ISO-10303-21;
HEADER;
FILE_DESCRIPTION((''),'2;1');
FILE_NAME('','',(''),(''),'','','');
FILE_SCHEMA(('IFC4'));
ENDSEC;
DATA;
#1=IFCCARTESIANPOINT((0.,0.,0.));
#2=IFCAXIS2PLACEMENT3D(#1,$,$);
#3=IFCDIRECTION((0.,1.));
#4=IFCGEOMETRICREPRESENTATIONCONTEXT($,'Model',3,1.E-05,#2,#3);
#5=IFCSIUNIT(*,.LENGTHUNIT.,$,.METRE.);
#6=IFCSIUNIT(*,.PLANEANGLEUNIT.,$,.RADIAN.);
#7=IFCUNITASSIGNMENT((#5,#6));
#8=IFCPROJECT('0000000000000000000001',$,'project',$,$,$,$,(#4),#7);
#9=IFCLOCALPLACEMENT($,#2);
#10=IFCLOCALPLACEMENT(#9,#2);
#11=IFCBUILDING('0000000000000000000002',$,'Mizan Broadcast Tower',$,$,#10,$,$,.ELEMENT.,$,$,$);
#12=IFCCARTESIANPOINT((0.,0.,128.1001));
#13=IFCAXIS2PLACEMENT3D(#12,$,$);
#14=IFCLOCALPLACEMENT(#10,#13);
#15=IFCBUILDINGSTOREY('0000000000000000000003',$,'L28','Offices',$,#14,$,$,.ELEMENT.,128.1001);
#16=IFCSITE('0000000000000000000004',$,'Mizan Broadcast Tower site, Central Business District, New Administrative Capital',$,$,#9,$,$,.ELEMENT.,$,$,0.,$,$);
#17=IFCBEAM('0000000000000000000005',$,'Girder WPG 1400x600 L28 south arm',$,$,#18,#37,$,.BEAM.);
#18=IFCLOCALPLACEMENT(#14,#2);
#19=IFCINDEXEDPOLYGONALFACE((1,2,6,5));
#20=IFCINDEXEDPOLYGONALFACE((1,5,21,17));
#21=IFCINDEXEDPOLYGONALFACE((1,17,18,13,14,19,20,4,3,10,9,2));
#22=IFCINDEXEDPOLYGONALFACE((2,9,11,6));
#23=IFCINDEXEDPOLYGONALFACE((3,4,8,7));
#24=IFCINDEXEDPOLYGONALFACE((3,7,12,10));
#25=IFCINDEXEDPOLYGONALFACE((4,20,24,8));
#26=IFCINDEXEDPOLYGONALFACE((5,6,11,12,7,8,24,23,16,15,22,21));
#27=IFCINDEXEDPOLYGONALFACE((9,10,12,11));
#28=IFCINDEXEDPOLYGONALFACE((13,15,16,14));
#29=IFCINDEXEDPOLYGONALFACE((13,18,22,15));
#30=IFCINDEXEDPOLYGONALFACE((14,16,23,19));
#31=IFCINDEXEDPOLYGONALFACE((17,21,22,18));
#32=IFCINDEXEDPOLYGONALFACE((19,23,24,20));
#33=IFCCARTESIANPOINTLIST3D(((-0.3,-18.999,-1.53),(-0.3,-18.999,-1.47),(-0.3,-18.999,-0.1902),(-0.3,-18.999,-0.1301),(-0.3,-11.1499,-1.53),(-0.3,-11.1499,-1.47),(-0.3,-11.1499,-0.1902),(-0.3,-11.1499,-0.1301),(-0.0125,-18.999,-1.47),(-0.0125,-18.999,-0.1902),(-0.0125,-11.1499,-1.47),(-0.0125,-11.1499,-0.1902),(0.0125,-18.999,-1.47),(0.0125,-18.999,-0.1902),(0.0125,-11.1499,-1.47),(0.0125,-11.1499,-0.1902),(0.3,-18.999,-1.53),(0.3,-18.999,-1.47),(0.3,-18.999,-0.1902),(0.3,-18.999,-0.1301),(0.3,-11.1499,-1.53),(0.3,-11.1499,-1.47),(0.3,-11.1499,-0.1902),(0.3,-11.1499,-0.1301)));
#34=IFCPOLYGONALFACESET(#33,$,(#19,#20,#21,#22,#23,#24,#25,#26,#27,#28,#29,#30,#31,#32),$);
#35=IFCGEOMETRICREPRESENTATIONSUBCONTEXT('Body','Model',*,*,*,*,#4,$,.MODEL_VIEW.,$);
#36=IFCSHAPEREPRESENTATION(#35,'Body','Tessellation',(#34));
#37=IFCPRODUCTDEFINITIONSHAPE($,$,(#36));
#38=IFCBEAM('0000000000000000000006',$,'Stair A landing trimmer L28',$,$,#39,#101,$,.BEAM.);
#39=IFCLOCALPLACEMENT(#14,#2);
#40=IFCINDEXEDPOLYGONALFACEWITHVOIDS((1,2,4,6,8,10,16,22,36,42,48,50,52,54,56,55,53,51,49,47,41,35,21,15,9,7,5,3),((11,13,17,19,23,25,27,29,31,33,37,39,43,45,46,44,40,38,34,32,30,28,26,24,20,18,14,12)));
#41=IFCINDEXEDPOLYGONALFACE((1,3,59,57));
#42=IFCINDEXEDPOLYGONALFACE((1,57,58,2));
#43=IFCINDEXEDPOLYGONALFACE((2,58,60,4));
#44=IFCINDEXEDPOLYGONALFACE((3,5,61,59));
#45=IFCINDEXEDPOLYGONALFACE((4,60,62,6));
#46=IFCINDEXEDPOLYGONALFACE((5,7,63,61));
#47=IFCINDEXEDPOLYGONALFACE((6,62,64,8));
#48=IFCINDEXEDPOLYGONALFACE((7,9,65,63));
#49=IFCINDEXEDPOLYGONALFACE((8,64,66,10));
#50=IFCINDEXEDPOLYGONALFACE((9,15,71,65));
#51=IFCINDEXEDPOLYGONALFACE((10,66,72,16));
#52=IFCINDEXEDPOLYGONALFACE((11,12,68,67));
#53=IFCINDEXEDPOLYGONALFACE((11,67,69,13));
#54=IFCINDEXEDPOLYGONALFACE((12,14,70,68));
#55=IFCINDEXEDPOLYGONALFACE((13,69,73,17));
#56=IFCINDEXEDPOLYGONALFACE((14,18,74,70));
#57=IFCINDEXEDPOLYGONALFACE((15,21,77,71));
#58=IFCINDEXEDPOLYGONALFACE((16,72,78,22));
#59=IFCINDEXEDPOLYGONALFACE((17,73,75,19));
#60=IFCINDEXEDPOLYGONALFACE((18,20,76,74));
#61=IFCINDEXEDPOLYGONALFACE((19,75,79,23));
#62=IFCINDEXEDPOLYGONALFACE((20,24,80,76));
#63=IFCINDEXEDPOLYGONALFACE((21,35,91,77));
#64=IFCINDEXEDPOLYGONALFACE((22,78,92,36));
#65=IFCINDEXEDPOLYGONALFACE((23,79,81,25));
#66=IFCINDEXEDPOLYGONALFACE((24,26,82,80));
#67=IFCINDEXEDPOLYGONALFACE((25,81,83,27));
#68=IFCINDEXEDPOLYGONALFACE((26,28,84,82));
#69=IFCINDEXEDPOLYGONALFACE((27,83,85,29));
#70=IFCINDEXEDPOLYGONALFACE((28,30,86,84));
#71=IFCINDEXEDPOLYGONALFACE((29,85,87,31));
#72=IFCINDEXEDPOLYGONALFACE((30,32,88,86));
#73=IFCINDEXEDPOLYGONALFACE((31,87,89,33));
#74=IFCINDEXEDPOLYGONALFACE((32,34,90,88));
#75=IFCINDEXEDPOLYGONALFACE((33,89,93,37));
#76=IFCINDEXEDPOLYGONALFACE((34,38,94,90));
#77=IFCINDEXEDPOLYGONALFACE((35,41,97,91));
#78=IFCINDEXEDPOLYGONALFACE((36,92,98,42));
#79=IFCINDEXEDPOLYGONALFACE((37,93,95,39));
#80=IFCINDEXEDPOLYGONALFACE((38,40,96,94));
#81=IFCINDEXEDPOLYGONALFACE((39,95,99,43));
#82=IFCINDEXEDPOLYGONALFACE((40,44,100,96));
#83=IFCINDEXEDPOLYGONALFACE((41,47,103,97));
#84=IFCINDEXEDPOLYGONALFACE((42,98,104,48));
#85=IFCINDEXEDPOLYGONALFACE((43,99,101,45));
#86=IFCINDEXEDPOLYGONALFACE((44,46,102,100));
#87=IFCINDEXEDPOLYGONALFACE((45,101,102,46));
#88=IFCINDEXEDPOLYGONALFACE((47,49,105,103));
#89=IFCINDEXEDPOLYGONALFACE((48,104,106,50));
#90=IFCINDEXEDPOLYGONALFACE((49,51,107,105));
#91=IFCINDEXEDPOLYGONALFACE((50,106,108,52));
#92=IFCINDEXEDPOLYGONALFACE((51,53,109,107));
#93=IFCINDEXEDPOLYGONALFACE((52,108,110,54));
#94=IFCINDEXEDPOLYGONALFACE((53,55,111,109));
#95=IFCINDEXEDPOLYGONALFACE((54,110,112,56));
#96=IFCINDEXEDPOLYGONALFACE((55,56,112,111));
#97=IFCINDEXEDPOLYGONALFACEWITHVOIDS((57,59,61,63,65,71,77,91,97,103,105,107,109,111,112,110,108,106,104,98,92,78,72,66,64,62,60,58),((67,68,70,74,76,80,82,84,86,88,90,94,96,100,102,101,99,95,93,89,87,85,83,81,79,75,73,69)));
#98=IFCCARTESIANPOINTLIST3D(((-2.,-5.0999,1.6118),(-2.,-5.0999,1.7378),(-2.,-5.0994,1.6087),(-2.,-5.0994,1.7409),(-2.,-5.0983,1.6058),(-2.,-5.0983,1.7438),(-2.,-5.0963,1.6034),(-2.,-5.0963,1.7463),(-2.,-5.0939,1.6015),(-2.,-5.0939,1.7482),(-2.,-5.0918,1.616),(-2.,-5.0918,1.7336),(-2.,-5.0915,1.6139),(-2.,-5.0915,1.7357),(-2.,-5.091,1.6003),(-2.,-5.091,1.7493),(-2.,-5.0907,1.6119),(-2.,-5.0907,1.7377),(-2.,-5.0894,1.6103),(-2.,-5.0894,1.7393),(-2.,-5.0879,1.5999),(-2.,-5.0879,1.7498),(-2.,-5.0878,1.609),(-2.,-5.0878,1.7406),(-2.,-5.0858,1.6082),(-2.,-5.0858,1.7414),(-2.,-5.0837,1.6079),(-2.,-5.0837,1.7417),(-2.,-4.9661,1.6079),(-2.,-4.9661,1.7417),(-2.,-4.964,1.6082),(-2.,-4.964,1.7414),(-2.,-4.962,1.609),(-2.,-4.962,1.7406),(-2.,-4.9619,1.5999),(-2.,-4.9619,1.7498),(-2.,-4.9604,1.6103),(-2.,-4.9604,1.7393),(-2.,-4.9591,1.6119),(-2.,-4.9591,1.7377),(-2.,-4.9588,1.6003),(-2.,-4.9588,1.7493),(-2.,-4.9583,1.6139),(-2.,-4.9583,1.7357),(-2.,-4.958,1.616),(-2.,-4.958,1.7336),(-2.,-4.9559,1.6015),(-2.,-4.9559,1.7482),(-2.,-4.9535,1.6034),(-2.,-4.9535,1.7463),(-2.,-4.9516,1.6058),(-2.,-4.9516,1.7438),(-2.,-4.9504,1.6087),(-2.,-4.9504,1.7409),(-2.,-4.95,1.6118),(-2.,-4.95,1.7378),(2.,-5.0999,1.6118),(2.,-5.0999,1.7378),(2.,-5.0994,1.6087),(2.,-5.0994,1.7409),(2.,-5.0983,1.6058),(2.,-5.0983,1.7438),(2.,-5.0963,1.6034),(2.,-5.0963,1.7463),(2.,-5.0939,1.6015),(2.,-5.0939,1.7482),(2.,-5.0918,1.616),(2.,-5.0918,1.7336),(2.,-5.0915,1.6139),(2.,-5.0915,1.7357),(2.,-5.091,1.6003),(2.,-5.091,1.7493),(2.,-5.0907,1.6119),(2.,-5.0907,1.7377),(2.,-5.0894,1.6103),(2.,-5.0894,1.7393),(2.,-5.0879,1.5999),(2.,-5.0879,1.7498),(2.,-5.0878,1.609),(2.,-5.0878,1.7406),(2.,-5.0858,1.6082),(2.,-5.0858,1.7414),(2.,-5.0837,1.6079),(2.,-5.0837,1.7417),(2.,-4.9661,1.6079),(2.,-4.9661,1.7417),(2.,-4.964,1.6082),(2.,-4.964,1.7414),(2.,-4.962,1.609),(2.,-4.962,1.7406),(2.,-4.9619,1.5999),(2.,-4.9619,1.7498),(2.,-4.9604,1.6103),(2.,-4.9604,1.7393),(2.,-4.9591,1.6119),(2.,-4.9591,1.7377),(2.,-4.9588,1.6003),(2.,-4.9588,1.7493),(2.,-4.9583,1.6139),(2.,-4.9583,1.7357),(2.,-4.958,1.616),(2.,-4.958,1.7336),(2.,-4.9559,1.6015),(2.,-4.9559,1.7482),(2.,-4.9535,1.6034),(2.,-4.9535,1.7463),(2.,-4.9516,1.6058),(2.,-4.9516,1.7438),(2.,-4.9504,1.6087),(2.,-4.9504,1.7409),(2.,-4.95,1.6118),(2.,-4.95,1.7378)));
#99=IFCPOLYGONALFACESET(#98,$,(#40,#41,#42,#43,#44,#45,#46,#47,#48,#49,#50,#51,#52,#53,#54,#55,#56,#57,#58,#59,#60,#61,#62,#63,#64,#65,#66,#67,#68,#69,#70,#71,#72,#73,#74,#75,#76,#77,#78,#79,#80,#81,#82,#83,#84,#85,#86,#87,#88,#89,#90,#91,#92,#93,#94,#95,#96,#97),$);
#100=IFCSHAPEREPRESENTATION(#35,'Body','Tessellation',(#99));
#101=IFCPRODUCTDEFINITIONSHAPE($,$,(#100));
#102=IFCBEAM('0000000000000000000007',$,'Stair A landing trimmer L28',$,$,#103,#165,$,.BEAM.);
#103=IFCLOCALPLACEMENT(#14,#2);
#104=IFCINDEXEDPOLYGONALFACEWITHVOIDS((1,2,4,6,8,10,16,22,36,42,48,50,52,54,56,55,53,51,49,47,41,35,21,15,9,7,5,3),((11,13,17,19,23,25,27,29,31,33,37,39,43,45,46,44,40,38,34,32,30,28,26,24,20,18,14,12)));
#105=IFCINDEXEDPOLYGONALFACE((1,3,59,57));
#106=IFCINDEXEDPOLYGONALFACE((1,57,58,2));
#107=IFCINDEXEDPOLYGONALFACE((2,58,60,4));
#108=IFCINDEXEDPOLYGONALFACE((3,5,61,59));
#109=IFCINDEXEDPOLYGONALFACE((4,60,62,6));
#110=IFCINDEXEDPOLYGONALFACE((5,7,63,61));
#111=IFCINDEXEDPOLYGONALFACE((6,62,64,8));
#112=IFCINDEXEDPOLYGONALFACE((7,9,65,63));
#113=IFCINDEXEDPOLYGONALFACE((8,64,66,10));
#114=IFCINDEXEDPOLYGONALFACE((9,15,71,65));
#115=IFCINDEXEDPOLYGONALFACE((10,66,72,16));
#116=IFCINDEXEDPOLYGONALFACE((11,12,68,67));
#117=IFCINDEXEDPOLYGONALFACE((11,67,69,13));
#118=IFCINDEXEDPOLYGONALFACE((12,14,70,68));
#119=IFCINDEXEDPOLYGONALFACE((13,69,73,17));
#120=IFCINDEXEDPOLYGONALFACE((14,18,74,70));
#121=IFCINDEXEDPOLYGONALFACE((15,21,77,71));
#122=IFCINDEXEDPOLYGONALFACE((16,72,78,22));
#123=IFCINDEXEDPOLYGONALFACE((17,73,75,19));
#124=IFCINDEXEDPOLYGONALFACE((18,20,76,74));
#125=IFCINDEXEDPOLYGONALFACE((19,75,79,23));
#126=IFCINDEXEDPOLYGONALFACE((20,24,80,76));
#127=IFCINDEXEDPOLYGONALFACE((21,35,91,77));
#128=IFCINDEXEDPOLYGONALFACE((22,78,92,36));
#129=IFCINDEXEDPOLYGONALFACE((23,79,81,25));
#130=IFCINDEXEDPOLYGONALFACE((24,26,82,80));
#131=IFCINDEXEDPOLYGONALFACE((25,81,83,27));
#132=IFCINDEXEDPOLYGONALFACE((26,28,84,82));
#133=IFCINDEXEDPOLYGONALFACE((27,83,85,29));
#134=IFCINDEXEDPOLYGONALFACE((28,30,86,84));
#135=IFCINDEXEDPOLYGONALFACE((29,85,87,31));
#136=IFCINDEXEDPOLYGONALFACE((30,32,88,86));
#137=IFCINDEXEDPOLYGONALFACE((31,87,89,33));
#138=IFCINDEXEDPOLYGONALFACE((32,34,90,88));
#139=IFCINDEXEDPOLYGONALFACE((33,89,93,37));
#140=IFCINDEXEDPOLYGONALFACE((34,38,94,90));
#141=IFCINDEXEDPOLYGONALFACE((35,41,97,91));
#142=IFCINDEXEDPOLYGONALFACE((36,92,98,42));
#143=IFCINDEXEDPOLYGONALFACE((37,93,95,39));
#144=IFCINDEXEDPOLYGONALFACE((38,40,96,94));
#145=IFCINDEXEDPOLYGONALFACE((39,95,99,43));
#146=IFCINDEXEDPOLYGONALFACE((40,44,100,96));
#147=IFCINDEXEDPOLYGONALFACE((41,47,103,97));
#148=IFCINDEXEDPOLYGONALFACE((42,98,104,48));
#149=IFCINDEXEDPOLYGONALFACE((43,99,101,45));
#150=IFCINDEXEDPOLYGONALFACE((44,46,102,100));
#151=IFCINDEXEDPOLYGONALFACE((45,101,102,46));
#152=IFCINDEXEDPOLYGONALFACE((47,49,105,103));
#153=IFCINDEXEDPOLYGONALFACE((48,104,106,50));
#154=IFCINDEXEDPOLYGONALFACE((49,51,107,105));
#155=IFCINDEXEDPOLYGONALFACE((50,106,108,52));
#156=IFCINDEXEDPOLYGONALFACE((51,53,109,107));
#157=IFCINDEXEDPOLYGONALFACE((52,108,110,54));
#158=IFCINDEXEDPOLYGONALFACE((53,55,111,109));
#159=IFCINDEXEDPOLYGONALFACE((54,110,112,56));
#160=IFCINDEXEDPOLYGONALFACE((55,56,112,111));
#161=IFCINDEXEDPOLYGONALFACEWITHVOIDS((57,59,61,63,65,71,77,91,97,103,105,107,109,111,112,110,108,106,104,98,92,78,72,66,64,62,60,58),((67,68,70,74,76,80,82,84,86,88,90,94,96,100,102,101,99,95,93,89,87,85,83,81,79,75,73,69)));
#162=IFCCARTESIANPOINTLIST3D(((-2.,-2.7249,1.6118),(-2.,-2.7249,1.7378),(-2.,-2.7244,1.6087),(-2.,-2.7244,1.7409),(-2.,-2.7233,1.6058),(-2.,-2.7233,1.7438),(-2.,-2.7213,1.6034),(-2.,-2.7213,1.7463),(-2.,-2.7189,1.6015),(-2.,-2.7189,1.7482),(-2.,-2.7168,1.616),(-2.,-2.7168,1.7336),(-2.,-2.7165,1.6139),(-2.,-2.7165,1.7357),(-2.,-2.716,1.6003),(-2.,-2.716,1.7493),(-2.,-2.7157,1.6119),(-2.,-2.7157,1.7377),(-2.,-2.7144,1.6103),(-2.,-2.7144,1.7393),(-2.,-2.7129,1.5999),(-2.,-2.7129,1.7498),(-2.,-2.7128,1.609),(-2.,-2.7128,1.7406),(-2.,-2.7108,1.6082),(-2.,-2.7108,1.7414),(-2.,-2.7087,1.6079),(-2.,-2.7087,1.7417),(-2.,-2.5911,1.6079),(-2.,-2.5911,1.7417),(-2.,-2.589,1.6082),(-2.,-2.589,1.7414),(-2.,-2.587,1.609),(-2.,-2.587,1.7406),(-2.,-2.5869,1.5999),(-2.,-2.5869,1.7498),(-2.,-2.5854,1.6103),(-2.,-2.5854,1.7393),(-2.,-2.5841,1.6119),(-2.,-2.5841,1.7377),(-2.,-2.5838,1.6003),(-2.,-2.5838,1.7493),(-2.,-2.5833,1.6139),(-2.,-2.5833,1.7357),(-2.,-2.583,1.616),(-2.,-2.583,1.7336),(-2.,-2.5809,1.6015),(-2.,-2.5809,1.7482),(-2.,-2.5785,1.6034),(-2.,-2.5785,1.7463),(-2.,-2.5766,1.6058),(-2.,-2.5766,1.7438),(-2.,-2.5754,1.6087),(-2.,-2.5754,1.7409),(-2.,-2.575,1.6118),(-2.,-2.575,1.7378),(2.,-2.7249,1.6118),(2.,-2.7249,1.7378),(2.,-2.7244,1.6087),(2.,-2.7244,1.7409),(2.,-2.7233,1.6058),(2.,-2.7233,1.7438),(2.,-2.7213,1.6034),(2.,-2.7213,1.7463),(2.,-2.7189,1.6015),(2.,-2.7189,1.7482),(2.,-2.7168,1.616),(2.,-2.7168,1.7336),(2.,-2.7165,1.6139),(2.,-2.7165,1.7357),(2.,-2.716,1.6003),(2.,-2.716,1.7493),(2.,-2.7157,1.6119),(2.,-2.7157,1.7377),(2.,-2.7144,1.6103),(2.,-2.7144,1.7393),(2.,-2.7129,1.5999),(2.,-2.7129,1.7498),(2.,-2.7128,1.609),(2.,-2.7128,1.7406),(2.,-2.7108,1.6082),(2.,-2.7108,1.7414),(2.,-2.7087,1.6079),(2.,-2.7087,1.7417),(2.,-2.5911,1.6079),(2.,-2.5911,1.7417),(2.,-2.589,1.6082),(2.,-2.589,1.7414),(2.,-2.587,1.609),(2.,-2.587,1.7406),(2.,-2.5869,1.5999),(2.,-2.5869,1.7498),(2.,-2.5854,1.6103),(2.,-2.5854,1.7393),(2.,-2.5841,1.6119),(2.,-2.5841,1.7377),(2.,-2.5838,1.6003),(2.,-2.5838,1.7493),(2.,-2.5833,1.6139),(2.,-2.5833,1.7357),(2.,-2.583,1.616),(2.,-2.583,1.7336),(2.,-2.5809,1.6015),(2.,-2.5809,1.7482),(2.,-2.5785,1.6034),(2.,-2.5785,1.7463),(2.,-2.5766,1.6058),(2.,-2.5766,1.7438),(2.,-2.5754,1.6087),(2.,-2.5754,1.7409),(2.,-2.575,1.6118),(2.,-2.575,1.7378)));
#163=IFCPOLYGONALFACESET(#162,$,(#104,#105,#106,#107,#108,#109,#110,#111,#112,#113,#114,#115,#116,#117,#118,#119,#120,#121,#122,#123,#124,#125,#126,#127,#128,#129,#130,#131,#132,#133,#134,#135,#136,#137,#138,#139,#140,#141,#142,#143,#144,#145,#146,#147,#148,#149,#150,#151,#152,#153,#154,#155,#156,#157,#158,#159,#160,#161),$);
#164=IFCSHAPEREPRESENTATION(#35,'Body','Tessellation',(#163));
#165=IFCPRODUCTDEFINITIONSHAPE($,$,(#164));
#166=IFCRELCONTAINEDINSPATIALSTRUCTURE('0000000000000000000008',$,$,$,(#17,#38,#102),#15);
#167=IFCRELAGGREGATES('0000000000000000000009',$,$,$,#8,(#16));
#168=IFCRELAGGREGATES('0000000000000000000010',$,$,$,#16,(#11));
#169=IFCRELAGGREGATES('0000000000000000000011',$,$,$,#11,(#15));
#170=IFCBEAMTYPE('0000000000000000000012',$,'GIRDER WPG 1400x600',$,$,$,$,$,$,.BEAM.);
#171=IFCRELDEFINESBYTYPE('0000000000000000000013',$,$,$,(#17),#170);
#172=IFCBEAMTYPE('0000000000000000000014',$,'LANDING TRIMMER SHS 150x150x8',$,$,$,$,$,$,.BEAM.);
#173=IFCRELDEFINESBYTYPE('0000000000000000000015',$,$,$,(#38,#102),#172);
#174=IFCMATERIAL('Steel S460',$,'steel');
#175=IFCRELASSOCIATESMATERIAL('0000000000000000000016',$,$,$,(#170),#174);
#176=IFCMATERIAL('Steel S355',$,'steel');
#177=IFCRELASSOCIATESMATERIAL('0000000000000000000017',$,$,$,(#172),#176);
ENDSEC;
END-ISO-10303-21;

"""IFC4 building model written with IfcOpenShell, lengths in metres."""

from ifc_helpers import new_model, si_unit, direction, frame, origin, origin_2d, place, context, subcontext, project, spatial, hollow_rectangle, i_section, extrude, material, material_profile, profile_set, type_object, element, save


model = new_model("IFC4")

# Units and contexts
model_context = context("Model", 3, precision=1e-05, world=origin(), true_north=direction((0.0, 1.0)))
body_context = subcontext(model_context, "Body", "Model", "MODEL_VIEW")
ifc_project = project(units=[si_unit("LENGTHUNIT", "METRE"), si_unit("PLANEANGLEUNIT", "RADIAN")], contexts=[model_context])

# Site, building, storey
site_placement = place(None, origin())
site = spatial("IfcSite", under=ifc_project, at=site_placement, Name="Mizan Broadcast Tower site, Central Business District, New Administrative Capital", CompositionType="ELEMENT", RefElevation=0.0)
building_placement = place(site_placement, origin())
building = spatial("IfcBuilding", under=site, at=building_placement, Name="Mizan Broadcast Tower", CompositionType="ELEMENT")
storey_placement = place(building_placement, frame((0.0, 0.0, 128.1001)))
storey = spatial("IfcBuildingStorey", under=building, at=storey_placement, Name="L28", Description="Offices", CompositionType="ELEMENT", Elevation=128.1001)

# Beams
ifc_material_1 = material(Name="Steel S460", Category="steel")
ifc_material_profile_1 = material_profile(ifc_material_1, i_section(OverallWidth=0.6001, OverallDepth=1.3999, WebThickness=0.0249, FlangeThickness=0.0601, at=origin_2d()), Name="WPG 1400x600")
ifc_profile_set_1 = profile_set([ifc_material_profile_1], Name="Steel S460")
beam_type_1 = type_object("IfcBeamType", Name="GIRDER WPG 1400x600", PredefinedType="BEAM", material=ifc_profile_set_1)
beam_placement = place(storey_placement, frame((0.0, -11.1499, -0.8301), z_axis=(0.0, -1.0, 0.0), x_axis=(1.0, 0.0, 0.0)))
element("IfcBeam", 1, at=beam_placement, inside=storey, type_object=beam_type_1, Name="Girder WPG 1400x600 L28 south arm", PredefinedType="BEAM", context=body_context, shape_type="SweptSolid", body=[
    extrude(i_section(OverallWidth=0.6001, OverallDepth=1.3999, WebThickness=0.0249, FlangeThickness=0.0601, at=origin_2d()), origin(), (0.0, 0.0, 1.0), 7.8491),
])
ifc_material_2 = material(Name="Steel S355", Category="steel")
ifc_material_profile_2 = material_profile(ifc_material_2, hollow_rectangle(XDim=0.1499, YDim=0.1499, WallThickness=0.0081, InnerFilletRadius=0.0081, OuterFilletRadius=0.012, at=origin_2d()), Name="SHS 150x150x8")
ifc_profile_set_2 = profile_set([ifc_material_profile_2], Name="Steel S355")
beam_type_2 = type_object("IfcBeamType", Name="LANDING TRIMMER SHS 150x150x8", PredefinedType="BEAM", material=ifc_profile_set_2)
for number, where, z_axis, x_axis, name in (
    (2, (-2.0, -5.0249, 1.6748), (1.0, 0.0, 0.0), (0.0, 1.0, 0.0), "Stair A landing trimmer L28"),
    (3, (-2.0, -2.6499, 1.6748), (1.0, 0.0, 0.0), (0.0, 1.0, 0.0), "Stair A landing trimmer L28"),
):
    element("IfcBeam", number, at=place(storey_placement, frame(where, z_axis=z_axis, x_axis=x_axis)), inside=storey, type_object=beam_type_2, Name=name, PredefinedType="BEAM", context=body_context, shape_type="SweptSolid", body=[
        extrude(hollow_rectangle(XDim=0.1499, YDim=0.1499, WallThickness=0.0081, InnerFilletRadius=0.0081, OuterFilletRadius=0.012, at=origin_2d()), origin(), (0.0, 0.0, 1.0), 4.0),
    ])

save(model, "model.ifc")
